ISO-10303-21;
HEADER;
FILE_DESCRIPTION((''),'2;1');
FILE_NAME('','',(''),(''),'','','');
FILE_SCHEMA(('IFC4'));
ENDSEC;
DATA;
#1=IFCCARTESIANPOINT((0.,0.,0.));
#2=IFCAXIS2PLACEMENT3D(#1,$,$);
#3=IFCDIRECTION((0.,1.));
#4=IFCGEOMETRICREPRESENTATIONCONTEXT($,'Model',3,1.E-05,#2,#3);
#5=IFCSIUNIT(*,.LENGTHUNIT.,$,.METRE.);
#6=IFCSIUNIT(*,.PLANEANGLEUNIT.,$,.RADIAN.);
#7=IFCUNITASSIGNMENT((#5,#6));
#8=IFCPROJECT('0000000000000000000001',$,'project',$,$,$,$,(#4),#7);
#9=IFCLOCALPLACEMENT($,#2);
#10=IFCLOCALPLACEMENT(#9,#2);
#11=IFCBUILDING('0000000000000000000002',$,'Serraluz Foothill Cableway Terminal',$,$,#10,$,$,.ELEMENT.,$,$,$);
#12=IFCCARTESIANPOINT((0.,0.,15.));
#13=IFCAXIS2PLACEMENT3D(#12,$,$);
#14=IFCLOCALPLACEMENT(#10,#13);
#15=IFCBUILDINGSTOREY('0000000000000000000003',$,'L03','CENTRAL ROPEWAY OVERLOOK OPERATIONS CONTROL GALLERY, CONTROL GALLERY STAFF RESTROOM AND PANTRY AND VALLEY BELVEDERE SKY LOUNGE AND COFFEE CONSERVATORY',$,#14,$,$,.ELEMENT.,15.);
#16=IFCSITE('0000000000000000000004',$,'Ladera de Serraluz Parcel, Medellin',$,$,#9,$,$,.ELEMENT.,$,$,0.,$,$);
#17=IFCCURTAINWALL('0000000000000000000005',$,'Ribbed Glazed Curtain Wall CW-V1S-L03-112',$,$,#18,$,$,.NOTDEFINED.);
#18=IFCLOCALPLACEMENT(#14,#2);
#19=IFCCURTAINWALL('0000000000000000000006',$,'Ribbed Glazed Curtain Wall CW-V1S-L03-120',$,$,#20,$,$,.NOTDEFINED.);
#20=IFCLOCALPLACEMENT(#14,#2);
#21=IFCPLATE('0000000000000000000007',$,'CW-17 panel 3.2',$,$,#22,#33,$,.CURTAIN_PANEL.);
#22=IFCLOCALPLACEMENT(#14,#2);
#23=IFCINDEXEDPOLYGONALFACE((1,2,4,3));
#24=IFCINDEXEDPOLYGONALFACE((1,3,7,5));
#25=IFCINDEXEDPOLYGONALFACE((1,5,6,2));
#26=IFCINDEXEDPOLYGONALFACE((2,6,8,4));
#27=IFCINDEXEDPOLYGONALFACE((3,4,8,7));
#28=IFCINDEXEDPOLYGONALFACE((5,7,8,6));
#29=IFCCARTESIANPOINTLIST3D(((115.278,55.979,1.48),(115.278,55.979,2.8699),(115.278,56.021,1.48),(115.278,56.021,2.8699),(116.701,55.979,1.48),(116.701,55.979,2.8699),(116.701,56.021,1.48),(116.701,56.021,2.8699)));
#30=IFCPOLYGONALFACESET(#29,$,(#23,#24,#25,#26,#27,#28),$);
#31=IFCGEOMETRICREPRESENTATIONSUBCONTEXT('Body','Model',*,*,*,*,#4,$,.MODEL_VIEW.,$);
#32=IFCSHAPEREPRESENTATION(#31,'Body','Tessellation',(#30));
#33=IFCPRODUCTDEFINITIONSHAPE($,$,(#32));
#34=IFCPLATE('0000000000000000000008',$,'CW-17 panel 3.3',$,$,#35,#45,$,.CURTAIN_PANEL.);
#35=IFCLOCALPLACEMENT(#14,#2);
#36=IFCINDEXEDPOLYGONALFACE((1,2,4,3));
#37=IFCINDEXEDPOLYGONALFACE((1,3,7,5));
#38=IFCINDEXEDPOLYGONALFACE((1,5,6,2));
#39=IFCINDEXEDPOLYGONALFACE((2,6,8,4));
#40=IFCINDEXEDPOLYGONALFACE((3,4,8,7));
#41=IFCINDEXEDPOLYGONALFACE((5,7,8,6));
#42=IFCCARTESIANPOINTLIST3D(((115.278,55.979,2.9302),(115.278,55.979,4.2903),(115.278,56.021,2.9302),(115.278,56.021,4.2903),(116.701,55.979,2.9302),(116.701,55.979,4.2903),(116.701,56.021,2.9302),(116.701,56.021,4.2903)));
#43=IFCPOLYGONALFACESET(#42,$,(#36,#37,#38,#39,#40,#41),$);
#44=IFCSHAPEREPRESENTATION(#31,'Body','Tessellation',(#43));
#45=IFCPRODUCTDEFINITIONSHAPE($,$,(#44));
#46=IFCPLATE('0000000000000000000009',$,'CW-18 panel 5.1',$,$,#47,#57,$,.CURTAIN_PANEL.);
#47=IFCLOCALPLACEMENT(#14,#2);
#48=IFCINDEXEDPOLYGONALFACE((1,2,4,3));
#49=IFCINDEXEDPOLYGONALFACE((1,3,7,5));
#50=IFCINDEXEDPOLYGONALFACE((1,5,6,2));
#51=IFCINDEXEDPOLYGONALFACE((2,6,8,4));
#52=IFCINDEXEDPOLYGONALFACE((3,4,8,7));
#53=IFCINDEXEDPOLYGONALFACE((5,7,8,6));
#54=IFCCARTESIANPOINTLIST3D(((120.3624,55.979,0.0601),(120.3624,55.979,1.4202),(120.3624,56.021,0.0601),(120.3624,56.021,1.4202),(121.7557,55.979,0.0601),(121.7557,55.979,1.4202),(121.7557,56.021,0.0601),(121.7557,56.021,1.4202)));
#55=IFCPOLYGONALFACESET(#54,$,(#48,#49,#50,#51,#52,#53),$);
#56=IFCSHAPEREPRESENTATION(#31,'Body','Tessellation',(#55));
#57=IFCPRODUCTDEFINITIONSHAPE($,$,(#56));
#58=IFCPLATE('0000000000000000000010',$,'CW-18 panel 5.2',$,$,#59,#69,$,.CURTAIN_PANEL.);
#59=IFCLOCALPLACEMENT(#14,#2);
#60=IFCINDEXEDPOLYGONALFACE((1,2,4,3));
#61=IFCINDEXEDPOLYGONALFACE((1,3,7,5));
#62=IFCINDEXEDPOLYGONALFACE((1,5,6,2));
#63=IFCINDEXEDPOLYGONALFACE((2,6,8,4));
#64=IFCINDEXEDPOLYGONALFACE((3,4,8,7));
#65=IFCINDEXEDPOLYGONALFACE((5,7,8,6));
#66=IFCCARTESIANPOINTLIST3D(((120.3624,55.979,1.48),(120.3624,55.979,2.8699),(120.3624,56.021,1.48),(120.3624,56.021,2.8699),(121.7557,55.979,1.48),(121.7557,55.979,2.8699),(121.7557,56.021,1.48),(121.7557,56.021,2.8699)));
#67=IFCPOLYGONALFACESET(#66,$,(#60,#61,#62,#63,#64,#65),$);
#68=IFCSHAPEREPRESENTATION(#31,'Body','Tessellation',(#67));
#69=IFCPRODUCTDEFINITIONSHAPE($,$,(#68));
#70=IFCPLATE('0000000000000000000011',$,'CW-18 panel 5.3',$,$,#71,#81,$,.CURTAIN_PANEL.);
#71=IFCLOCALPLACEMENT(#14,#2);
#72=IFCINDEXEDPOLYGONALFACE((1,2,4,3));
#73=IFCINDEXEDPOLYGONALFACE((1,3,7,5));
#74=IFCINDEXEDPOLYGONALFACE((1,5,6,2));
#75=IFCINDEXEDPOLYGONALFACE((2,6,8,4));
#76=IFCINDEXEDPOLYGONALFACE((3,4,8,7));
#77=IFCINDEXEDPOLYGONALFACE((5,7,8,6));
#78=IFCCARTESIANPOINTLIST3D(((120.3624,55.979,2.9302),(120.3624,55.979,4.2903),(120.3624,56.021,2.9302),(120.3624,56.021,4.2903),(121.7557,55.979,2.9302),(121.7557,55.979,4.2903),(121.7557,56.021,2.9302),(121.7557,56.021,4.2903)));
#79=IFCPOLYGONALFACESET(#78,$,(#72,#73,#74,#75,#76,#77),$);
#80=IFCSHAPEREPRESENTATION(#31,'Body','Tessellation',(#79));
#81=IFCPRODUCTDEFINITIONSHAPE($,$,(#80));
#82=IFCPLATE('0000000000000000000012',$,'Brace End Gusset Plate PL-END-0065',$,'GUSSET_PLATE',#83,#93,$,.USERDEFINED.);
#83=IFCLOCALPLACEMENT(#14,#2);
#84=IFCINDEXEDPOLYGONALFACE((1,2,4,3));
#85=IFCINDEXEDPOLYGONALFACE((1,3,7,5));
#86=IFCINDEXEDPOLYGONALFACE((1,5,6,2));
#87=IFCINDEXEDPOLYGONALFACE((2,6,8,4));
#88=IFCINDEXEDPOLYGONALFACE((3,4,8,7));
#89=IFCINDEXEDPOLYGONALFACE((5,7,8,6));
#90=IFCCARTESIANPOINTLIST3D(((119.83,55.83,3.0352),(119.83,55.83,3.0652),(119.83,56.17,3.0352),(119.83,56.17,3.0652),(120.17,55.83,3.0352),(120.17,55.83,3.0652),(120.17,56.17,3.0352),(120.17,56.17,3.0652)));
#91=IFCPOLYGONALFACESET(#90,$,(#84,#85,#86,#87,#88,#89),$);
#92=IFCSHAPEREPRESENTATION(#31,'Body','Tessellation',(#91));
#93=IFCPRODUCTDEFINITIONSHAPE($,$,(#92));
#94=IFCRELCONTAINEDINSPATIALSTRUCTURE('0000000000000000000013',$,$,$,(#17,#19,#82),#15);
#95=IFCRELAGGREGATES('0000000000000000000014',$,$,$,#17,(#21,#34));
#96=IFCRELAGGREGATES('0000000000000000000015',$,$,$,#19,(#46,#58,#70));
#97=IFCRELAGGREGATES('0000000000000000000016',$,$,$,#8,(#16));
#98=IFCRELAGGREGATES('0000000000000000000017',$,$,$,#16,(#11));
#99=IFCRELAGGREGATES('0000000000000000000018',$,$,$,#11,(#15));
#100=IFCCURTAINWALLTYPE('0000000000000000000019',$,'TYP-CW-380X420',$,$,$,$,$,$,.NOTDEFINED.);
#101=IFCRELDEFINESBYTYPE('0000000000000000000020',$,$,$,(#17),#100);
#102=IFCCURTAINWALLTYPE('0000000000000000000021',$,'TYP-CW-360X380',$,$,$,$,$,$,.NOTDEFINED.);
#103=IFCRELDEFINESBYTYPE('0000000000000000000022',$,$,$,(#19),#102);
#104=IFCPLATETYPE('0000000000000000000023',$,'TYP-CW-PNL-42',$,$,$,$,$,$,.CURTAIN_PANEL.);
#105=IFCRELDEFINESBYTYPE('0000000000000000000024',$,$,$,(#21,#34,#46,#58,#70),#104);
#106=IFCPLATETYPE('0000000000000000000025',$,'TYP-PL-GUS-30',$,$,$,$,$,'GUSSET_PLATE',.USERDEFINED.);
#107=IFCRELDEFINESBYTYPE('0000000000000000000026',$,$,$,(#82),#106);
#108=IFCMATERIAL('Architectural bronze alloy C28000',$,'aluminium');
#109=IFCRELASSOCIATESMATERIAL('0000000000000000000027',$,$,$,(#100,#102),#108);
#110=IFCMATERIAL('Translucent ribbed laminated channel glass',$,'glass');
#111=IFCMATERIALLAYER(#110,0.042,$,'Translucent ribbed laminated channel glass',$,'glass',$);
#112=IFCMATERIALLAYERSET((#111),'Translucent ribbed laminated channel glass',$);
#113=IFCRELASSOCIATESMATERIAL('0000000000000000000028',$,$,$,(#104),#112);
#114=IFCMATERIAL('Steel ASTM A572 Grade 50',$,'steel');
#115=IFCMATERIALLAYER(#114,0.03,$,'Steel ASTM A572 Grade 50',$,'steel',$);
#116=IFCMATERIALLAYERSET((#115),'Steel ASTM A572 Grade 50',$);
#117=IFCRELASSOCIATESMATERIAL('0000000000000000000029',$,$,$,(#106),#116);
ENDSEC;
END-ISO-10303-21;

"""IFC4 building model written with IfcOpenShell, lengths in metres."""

from ifc_helpers import new_model, si_unit, direction, frame, origin, origin_2d, place, context, subcontext, project, spatial, rectangle, extrude, material, layer, layer_set, type_object, element, aggregate, save


model = new_model("IFC4")

# Units and contexts
model_context = context("Model", 3, precision=1e-05, world=origin(), true_north=direction((0.0, 1.0)))
body_context = subcontext(model_context, "Body", "Model", "MODEL_VIEW")
ifc_project = project(units=[si_unit("LENGTHUNIT", "METRE"), si_unit("PLANEANGLEUNIT", "RADIAN")], contexts=[model_context])

# Site, building, storey
site_placement = place(None, origin())
site = spatial("IfcSite", under=ifc_project, at=site_placement, Name="Ladera de Serraluz Parcel, Medellin", CompositionType="ELEMENT", RefElevation=0.0)
building_placement = place(site_placement, origin())
building = spatial("IfcBuilding", under=site, at=building_placement, Name="Serraluz Foothill Cableway Terminal", CompositionType="ELEMENT")
storey_placement = place(building_placement, frame((0.0, 0.0, 15.0)))
storey = spatial("IfcBuildingStorey", under=building, at=storey_placement, Name="L03", Description="CENTRAL ROPEWAY OVERLOOK OPERATIONS CONTROL GALLERY, CONTROL GALLERY STAFF RESTROOM AND PANTRY AND VALLEY BELVEDERE SKY LOUNGE AND COFFEE CONSERVATORY", CompositionType="ELEMENT", Elevation=15.0)

# Curtain wall
ifc_material_1 = material(Name="Architectural bronze alloy C28000", Category="aluminium")
curtain_wall_type_1 = type_object("IfcCurtainWallType", Name="TYP-CW-380X420", PredefinedType="NOTDEFINED", material=ifc_material_1)
curtain_wall_1_placement = place(storey_placement, origin())
curtain_wall_1 = element("IfcCurtainWall", 1, at=curtain_wall_1_placement, inside=storey, type_object=curtain_wall_type_1, Name="Ribbed Glazed Curtain Wall CW-V1S-L03-112", PredefinedType="NOTDEFINED")

# Curtain wall
curtain_wall_type_2 = type_object("IfcCurtainWallType", Name="TYP-CW-360X380", PredefinedType="NOTDEFINED", material=ifc_material_1)
curtain_wall_2_placement = place(storey_placement, origin())
curtain_wall_2 = element("IfcCurtainWall", 2, at=curtain_wall_2_placement, inside=storey, type_object=curtain_wall_type_2, Name="Ribbed Glazed Curtain Wall CW-V1S-L03-120", PredefinedType="NOTDEFINED")

# Shared definitions
ifc_material_2 = material(Name="Steel ASTM A572 Grade 50", Category="steel")

# Plates
ifc_material_3 = material(Name="Translucent ribbed laminated channel glass", Category="glass")
ifc_layer_1 = layer(ifc_material_3, 0.042, Name="Translucent ribbed laminated channel glass", Category="glass")
ifc_layer_set_1 = layer_set([ifc_layer_1], Name="Translucent ribbed laminated channel glass")
plate_type_1 = type_object("IfcPlateType", Name="TYP-CW-PNL-42", PredefinedType="CURTAIN_PANEL", material=ifc_layer_set_1)
plate_1_placement = place(storey_placement, frame((115.9895, 56.0, 1.48), z_axis=(0.0, 0.0, 1.0), x_axis=(-1.0, 0.0, 0.0)))
plate_1 = element("IfcPlate", 3, at=plate_1_placement, type_object=plate_type_1, Name="CW-17 panel 3.2", PredefinedType="CURTAIN_PANEL", context=body_context, shape_type="SweptSolid", body=[
    extrude(rectangle(XDim=1.4231, YDim=0.042, at=origin_2d()), origin(), (0.0, 0.0, 1.0), 1.3899),
])
plate_2_placement = place(storey_placement, frame((115.9895, 56.0, 2.9302), z_axis=(0.0, 0.0, 1.0), x_axis=(-1.0, 0.0, 0.0)))
plate_2 = element("IfcPlate", 4, at=plate_2_placement, type_object=plate_type_1, Name="CW-17 panel 3.3", PredefinedType="CURTAIN_PANEL", context=body_context, shape_type="SweptSolid", body=[
    extrude(rectangle(XDim=1.4231, YDim=0.042, at=origin_2d()), origin(), (0.0, 0.0, 1.0), 1.3601),
])
aggregate(curtain_wall_1, [plate_1, plate_2])
plate_3_placement = place(storey_placement, frame((121.0591, 56.0, 0.0601), z_axis=(0.0, 0.0, 1.0), x_axis=(-1.0, 0.0, 0.0)))
plate_3 = element("IfcPlate", 5, at=plate_3_placement, type_object=plate_type_1, Name="CW-18 panel 5.1", PredefinedType="CURTAIN_PANEL", context=body_context, shape_type="SweptSolid", body=[
    extrude(rectangle(XDim=1.3933, YDim=0.042, at=origin_2d()), origin(), (0.0, 0.0, 1.0), 1.3601),
])
plate_4_placement = place(storey_placement, frame((121.0591, 56.0, 1.48), z_axis=(0.0, 0.0, 1.0), x_axis=(-1.0, 0.0, 0.0)))
plate_4 = element("IfcPlate", 6, at=plate_4_placement, type_object=plate_type_1, Name="CW-18 panel 5.2", PredefinedType="CURTAIN_PANEL", context=body_context, shape_type="SweptSolid", body=[
    extrude(rectangle(XDim=1.3933, YDim=0.042, at=origin_2d()), origin(), (0.0, 0.0, 1.0), 1.3899),
])
plate_5_placement = place(storey_placement, frame((121.0591, 56.0, 2.9302), z_axis=(0.0, 0.0, 1.0), x_axis=(-1.0, 0.0, 0.0)))
plate_5 = element("IfcPlate", 7, at=plate_5_placement, type_object=plate_type_1, Name="CW-18 panel 5.3", PredefinedType="CURTAIN_PANEL", context=body_context, shape_type="SweptSolid", body=[
    extrude(rectangle(XDim=1.3933, YDim=0.042, at=origin_2d()), origin(), (0.0, 0.0, 1.0), 1.3601),
])
aggregate(curtain_wall_2, [plate_3, plate_4, plate_5])
ifc_layer_2 = layer(ifc_material_2, 0.03, Name="Steel ASTM A572 Grade 50", Category="steel")
ifc_layer_set_2 = layer_set([ifc_layer_2], Name="Steel ASTM A572 Grade 50")
plate_type_2 = type_object("IfcPlateType", Name="TYP-PL-GUS-30", ElementType="GUSSET_PLATE", PredefinedType="USERDEFINED", material=ifc_layer_set_2)
plate_6_placement = place(storey_placement, frame((120.0, 56.0, 3.0352), z_axis=(0.0, 0.0, 1.0), x_axis=(1.0, 0.0, 0.0)))
element("IfcPlate", 8, at=plate_6_placement, inside=storey, type_object=plate_type_2, Name="Brace End Gusset Plate PL-END-0065", ObjectType="GUSSET_PLATE", PredefinedType="USERDEFINED", context=body_context, shape_type="SweptSolid", body=[
    extrude(rectangle(XDim=0.3401, YDim=0.3401, at=origin_2d()), origin(), (0.0, 0.0, 1.0), 0.03),
])

save(model, "model.ifc")
